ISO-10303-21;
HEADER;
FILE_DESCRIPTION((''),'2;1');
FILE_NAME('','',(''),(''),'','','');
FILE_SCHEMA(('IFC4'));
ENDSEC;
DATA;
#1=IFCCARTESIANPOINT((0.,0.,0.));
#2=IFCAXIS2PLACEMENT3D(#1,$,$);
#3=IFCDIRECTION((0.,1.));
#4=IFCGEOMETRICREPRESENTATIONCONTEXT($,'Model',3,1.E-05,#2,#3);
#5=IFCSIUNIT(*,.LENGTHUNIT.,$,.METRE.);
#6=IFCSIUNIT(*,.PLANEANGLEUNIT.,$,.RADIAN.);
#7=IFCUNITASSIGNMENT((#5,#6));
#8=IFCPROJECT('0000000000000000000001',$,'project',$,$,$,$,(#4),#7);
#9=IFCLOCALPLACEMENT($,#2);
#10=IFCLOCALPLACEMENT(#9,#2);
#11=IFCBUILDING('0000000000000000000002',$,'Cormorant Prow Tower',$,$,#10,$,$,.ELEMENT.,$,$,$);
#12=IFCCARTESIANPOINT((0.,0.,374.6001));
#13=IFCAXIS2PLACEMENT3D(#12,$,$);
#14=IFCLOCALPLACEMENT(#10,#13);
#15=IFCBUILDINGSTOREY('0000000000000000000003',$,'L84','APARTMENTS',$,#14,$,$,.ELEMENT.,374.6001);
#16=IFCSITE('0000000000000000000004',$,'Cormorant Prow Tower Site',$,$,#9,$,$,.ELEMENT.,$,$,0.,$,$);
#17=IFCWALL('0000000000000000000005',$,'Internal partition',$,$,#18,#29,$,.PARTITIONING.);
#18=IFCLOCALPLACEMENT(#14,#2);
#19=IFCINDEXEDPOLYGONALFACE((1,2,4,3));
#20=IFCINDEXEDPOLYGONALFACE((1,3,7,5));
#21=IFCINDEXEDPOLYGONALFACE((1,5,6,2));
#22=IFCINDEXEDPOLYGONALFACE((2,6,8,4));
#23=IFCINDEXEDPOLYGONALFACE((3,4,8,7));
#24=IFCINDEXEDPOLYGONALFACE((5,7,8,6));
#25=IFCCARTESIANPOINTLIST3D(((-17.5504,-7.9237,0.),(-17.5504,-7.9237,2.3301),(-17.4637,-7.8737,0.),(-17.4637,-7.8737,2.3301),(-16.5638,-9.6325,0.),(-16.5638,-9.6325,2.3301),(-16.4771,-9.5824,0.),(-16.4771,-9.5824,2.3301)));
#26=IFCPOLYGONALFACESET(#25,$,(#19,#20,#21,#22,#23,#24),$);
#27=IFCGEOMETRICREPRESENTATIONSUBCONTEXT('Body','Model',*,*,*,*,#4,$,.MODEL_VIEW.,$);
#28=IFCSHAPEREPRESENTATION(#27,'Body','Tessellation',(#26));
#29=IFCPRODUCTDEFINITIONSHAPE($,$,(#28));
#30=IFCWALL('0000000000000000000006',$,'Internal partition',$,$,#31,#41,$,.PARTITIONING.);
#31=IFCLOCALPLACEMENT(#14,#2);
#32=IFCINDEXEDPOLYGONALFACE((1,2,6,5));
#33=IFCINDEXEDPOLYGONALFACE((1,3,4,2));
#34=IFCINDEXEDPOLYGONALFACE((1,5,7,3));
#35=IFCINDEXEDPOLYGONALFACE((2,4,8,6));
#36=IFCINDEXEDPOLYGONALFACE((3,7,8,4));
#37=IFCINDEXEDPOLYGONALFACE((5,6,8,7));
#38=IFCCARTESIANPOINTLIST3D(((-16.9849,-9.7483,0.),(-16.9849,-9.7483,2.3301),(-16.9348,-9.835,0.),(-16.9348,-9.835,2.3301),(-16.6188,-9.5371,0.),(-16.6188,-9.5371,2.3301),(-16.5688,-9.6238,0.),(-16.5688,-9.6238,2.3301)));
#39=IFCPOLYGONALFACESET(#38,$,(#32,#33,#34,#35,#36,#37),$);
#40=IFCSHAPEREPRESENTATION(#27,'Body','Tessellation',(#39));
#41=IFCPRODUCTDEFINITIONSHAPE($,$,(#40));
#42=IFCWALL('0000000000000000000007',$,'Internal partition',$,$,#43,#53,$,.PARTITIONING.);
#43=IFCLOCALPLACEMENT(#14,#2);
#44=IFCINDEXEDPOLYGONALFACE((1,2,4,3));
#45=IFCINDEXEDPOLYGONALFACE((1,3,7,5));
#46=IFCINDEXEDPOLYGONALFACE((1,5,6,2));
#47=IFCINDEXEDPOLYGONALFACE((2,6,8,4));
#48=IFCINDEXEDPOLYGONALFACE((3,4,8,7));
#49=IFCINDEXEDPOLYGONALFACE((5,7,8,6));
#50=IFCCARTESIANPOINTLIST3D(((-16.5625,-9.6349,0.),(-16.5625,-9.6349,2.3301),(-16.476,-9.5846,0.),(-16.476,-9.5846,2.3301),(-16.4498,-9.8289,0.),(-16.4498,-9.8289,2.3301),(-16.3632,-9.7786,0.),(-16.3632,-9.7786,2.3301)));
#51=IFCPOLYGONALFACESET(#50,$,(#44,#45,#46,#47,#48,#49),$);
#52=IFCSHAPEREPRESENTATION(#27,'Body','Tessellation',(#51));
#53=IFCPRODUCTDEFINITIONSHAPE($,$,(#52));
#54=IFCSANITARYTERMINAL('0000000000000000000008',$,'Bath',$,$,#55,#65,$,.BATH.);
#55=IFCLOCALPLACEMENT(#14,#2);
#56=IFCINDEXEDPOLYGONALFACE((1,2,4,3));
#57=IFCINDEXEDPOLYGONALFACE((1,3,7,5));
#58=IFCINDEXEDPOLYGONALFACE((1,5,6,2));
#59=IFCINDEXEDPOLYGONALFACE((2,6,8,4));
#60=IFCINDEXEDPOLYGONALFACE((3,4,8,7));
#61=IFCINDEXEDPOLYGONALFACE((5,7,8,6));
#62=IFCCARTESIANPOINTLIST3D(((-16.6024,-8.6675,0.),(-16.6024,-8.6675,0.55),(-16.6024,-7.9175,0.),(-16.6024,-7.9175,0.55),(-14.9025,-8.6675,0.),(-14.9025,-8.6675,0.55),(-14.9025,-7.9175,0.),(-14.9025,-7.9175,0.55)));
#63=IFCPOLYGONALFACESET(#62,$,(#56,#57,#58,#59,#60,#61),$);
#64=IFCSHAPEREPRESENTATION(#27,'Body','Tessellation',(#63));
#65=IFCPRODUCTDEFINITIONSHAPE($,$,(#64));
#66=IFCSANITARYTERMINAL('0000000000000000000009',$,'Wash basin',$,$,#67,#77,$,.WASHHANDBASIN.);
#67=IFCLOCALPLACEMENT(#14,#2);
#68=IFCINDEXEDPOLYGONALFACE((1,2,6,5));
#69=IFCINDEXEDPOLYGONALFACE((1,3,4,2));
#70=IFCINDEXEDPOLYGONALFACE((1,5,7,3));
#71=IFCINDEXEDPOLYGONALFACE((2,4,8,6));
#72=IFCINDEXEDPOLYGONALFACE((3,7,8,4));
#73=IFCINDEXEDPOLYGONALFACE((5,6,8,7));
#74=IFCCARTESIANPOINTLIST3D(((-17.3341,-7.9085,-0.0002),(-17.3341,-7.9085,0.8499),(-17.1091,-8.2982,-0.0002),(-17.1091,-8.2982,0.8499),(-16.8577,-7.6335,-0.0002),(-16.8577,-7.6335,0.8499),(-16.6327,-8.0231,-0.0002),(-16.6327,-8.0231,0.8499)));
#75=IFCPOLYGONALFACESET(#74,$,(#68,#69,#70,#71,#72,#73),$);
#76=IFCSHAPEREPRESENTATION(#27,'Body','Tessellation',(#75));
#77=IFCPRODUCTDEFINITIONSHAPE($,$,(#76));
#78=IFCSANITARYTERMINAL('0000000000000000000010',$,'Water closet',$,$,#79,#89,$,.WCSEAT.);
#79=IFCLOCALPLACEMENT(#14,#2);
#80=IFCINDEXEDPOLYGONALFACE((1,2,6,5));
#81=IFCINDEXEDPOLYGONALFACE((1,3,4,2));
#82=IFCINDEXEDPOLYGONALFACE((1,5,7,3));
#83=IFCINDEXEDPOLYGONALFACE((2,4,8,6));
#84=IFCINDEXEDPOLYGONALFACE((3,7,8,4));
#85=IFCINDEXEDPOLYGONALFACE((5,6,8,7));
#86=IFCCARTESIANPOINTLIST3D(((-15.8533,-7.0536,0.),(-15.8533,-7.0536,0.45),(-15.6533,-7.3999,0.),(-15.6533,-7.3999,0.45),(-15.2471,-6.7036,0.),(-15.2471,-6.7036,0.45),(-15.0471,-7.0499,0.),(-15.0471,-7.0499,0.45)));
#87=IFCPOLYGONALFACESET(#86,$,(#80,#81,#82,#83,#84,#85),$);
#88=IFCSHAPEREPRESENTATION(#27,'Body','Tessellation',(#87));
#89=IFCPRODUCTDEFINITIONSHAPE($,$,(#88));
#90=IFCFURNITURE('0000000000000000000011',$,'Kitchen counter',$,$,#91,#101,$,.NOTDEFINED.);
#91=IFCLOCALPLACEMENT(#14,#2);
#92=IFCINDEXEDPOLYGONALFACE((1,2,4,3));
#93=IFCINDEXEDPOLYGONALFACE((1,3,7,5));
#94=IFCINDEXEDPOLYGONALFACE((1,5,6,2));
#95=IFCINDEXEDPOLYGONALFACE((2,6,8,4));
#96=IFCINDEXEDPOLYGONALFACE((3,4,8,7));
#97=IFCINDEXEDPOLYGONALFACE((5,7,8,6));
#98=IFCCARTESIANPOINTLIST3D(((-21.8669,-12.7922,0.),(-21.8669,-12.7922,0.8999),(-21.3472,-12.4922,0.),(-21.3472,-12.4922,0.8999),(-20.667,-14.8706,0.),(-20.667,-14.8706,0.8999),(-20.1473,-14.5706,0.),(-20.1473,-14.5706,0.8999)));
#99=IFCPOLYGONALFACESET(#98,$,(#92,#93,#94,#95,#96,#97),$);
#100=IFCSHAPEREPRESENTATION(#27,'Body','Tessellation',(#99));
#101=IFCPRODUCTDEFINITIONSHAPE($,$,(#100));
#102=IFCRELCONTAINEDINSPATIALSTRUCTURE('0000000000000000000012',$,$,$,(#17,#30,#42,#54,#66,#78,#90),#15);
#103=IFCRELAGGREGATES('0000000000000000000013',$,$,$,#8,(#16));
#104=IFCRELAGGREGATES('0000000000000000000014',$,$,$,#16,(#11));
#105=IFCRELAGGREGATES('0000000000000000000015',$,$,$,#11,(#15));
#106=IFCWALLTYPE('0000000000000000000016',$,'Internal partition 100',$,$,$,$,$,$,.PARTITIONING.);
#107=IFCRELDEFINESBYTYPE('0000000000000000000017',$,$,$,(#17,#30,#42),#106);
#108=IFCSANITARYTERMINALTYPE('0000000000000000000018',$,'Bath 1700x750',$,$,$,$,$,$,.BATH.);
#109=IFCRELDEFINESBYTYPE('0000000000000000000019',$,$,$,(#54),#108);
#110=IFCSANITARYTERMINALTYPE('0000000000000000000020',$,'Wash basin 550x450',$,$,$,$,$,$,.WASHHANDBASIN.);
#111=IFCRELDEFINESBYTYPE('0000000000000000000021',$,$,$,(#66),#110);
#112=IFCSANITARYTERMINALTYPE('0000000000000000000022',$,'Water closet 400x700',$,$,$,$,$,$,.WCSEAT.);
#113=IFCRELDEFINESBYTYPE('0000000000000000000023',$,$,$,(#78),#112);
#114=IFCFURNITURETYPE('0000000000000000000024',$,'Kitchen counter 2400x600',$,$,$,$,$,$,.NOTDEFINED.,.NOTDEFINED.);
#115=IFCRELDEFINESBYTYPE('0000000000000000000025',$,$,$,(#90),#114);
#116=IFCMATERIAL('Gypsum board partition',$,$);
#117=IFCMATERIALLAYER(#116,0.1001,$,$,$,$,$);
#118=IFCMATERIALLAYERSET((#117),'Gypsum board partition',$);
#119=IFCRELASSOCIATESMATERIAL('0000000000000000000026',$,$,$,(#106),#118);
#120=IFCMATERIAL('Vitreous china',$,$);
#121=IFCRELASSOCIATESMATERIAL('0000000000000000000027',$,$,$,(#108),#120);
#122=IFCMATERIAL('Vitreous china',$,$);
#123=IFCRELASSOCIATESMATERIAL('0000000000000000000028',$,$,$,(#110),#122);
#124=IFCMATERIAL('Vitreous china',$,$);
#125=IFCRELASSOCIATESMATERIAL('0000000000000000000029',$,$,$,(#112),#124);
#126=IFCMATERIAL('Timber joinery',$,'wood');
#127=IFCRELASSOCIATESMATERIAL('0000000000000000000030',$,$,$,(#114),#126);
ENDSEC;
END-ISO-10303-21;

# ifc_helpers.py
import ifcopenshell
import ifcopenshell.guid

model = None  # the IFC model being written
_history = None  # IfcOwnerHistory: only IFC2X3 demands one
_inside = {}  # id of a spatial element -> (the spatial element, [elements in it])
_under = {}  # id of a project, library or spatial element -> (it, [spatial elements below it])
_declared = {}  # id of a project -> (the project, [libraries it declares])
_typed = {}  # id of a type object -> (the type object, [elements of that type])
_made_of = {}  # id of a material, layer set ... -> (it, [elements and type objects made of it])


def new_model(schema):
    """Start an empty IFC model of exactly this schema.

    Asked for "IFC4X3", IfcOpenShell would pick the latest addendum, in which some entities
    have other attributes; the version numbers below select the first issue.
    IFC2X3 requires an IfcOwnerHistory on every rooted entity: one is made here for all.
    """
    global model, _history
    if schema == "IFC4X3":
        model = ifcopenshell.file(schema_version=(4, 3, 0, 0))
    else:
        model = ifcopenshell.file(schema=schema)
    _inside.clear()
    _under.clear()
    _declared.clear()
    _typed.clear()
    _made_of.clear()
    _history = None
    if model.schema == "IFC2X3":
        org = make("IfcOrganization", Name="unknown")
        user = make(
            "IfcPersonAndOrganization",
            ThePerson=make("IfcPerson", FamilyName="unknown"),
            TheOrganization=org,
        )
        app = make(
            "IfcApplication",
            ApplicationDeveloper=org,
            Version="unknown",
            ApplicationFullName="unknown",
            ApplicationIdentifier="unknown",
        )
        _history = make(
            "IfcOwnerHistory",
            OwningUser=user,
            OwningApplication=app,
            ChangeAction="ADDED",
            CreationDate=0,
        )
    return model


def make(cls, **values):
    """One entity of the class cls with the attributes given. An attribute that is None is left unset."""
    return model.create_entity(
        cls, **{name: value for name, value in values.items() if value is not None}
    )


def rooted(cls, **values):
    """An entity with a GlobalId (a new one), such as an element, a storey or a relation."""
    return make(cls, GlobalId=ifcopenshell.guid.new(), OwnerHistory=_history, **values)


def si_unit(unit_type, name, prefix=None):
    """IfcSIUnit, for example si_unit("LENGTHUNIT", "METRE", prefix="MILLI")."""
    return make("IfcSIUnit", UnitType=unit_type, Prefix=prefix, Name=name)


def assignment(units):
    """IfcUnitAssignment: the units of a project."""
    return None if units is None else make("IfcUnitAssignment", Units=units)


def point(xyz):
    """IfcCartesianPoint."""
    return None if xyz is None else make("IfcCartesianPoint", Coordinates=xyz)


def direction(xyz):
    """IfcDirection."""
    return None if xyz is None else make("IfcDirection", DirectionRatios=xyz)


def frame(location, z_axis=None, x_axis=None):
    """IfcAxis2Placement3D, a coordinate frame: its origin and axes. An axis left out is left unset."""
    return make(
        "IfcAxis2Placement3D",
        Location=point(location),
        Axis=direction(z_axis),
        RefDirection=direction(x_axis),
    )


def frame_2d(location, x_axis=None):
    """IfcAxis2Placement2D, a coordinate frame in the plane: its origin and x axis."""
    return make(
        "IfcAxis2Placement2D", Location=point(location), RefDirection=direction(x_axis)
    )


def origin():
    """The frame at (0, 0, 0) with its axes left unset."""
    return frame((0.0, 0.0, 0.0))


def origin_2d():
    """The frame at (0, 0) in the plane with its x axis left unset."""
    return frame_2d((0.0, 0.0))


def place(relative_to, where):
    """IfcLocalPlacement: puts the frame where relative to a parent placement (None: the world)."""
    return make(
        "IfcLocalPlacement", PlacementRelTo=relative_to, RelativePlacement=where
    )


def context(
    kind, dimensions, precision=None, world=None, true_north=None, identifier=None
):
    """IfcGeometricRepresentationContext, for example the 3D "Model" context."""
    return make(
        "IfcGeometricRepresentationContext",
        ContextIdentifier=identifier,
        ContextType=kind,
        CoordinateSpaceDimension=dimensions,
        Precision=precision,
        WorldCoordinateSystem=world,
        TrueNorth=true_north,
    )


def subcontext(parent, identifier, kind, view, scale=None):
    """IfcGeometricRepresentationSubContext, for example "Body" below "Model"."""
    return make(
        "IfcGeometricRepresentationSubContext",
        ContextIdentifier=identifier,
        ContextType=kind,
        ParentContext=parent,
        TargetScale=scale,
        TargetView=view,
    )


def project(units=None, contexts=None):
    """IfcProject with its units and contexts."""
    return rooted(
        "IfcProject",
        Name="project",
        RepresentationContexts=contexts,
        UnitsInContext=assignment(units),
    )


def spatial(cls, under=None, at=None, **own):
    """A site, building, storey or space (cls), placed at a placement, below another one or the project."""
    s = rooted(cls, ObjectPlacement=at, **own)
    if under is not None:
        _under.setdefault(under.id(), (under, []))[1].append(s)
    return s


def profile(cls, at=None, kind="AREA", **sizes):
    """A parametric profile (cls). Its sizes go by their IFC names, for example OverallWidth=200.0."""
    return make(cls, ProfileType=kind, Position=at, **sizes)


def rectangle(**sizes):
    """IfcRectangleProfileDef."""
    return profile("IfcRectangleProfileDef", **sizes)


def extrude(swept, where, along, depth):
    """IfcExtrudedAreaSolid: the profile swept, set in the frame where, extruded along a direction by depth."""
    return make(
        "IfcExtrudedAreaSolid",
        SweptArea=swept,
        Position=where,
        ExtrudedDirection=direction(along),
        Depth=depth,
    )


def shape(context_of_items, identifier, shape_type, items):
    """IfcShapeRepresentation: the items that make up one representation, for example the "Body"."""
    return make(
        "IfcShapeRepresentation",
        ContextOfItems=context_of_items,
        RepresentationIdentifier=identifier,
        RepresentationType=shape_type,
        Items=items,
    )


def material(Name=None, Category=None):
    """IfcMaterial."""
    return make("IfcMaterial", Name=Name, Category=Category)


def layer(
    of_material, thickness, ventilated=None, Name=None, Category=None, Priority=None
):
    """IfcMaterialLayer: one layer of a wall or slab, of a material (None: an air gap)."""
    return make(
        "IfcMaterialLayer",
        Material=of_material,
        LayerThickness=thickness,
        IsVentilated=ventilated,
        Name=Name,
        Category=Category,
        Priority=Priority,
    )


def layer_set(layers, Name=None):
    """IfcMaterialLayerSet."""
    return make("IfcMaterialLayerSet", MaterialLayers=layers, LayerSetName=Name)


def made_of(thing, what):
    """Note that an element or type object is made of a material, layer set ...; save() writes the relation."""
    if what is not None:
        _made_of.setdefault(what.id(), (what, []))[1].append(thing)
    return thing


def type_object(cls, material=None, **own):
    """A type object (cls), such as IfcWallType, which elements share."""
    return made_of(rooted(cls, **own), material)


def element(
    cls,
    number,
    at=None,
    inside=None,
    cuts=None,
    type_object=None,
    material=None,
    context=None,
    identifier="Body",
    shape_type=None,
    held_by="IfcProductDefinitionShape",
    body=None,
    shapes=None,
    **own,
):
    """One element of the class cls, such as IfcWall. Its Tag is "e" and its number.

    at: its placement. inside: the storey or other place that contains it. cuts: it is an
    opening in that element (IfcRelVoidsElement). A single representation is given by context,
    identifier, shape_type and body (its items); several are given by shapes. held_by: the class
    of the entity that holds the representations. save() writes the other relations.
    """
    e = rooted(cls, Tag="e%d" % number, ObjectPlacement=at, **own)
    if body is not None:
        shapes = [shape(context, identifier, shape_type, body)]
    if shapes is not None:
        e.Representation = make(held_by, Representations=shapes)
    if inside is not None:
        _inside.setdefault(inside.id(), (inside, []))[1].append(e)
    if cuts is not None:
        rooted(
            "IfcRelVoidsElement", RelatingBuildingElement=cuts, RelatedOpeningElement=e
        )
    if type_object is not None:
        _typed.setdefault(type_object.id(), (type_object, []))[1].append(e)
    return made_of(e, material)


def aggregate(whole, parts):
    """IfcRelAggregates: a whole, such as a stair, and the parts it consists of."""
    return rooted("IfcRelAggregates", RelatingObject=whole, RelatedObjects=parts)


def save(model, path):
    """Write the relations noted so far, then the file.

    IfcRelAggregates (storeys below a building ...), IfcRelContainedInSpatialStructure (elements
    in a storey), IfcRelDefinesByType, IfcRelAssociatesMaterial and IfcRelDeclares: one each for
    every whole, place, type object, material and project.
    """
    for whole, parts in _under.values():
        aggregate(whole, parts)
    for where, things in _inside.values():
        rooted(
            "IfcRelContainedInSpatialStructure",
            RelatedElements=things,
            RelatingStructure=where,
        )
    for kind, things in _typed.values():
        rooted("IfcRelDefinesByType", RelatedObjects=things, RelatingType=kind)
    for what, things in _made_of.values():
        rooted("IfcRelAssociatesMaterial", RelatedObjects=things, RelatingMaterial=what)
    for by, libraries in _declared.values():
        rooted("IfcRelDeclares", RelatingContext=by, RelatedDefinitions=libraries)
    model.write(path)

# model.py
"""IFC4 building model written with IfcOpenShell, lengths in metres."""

from ifc_helpers import new_model, si_unit, direction, frame, frame_2d, origin, origin_2d, place, context, subcontext, project, spatial, rectangle, extrude, material, layer, layer_set, type_object, element, save


model = new_model("IFC4")

# Units and contexts
model_context = context("Model", 3, precision=1e-05, world=origin(), true_north=direction((0.0, 1.0)))
body_context = subcontext(model_context, "Body", "Model", "MODEL_VIEW")
ifc_project = project(units=[si_unit("LENGTHUNIT", "METRE"), si_unit("PLANEANGLEUNIT", "RADIAN")], contexts=[model_context])

# Site, building, storey
site_placement = place(None, origin())
site = spatial("IfcSite", under=ifc_project, at=site_placement, Name="Cormorant Prow Tower Site", CompositionType="ELEMENT", RefElevation=0.0)
building_placement = place(site_placement, origin())
building = spatial("IfcBuilding", under=site, at=building_placement, Name="Cormorant Prow Tower", CompositionType="ELEMENT")
storey_placement = place(building_placement, frame((0.0, 0.0, 374.6001)))
storey = spatial("IfcBuildingStorey", under=building, at=storey_placement, Name="L84", Description="APARTMENTS", CompositionType="ELEMENT", Elevation=374.6001)

# Shared definitions
ifc_material_1 = material(Name="Gypsum board partition")
ifc_layer_1 = layer(ifc_material_1, 0.1001)
ifc_layer_set_1 = layer_set([ifc_layer_1], Name="Gypsum board partition")
wall_type_1 = type_object("IfcWallType", Name="Internal partition 100", PredefinedType="PARTITIONING", material=ifc_layer_set_1)

# Walls
wall_1_placement = place(storey_placement, frame((-17.5071, -7.8987, 0.0), z_axis=(0.0, 0.0, 1.0), x_axis=(0.500012, -0.866019, 0.0)))
element("IfcWall", 1, at=wall_1_placement, inside=storey, type_object=wall_type_1, Name="Internal partition", PredefinedType="PARTITIONING", context=body_context, shape_type="SweptSolid", body=[
    extrude(rectangle(XDim=1.9731, YDim=0.1001, at=frame_2d((0.9866, 0.0))), origin(), (0.0, 0.0, 1.0), 2.3301),
])
wall_2_placement = place(storey_placement, frame((-16.96, -9.7917, 0.0), z_axis=(0.0, 0.0, 1.0), x_axis=(0.866137, 0.499806, 0.0)))
element("IfcWall", 2, at=wall_2_placement, inside=storey, type_object=wall_type_1, Name="Internal partition", PredefinedType="PARTITIONING", context=body_context, shape_type="SweptSolid", body=[
    extrude(rectangle(XDim=0.4226, YDim=0.1001, at=frame_2d((0.2114, 0.0))), origin(), (0.0, 0.0, 1.0), 2.3301),
])
wall_3_placement = place(storey_placement, frame((-16.5193, -9.6096, 0.0), z_axis=(0.0, 0.0, 1.0), x_axis=(0.50245, -0.864606, 0.0)))
element("IfcWall", 3, at=wall_3_placement, inside=storey, type_object=wall_type_1, Name="Internal partition", PredefinedType="PARTITIONING", context=body_context, shape_type="SweptSolid", body=[
    extrude(rectangle(XDim=0.2244, YDim=0.1001, at=frame_2d((0.1123, 0.0))), origin(), (0.0, 0.0, 1.0), 2.3301),
])

# Sanitary terminals
ifc_material_2 = material(Name="Vitreous china")
sanitary_terminal_type_1 = type_object("IfcSanitaryTerminalType", Name="Bath 1700x750", PredefinedType="BATH", material=ifc_material_2)
sanitary_terminal_1_placement = place(storey_placement, frame((-15.7524, -8.2925, 0.0), z_axis=(0.0, 0.0, 1.0), x_axis=(1.0, 0.0, 0.0)))
element("IfcSanitaryTerminal", 4, at=sanitary_terminal_1_placement, inside=storey, type_object=sanitary_terminal_type_1, Name="Bath", PredefinedType="BATH", context=body_context, shape_type="SweptSolid", body=[
    extrude(rectangle(XDim=1.7, YDim=0.75, at=origin_2d()), origin(), (0.0, 0.0, 1.0), 0.55),
])
ifc_material_3 = material(Name="Vitreous china")
sanitary_terminal_type_2 = type_object("IfcSanitaryTerminalType", Name="Wash basin 550x450", PredefinedType="WASHHANDBASIN", material=ifc_material_3)
sanitary_terminal_2_placement = place(storey_placement, frame((-16.9834, -7.9658, -0.0002), z_axis=(0.0, 0.0, 1.0), x_axis=(0.866025, 0.5, 0.0)))
element("IfcSanitaryTerminal", 5, at=sanitary_terminal_2_placement, inside=storey, type_object=sanitary_terminal_type_2, Name="Wash basin", PredefinedType="WASHHANDBASIN", context=body_context, shape_type="SweptSolid", body=[
    extrude(rectangle(XDim=0.55, YDim=0.45, at=origin_2d()), origin(), (0.0, 0.0, 1.0), 0.8501),
])
ifc_material_4 = material(Name="Vitreous china")
sanitary_terminal_type_3 = type_object("IfcSanitaryTerminalType", Name="Water closet 400x700", PredefinedType="WCSEAT", material=ifc_material_4)
sanitary_terminal_3_placement = place(storey_placement, frame((-15.4502, -7.0518, 0.0), z_axis=(0.0, 0.0, 1.0), x_axis=(0.5, -0.866025, 0.0)))
element("IfcSanitaryTerminal", 6, at=sanitary_terminal_3_placement, inside=storey, type_object=sanitary_terminal_type_3, Name="Water closet", PredefinedType="WCSEAT", context=body_context, shape_type="SweptSolid", body=[
    extrude(rectangle(XDim=0.3999, YDim=0.7, at=origin_2d()), origin(), (0.0, 0.0, 1.0), 0.45),
])

# Furniture
ifc_material_5 = material(Name="Timber joinery", Category="wood")
furniture_type = type_object("IfcFurnitureType", Name="Kitchen counter 2400x600", AssemblyPlace="NOTDEFINED", PredefinedType="NOTDEFINED", material=ifc_material_5)
furniture_placement = place(storey_placement, frame((-21.0071, -13.6814, 0.0), z_axis=(0.0, 0.0, 1.0), x_axis=(0.5, -0.866025, 0.0)))
element("IfcFurniture", 7, at=furniture_placement, inside=storey, type_object=furniture_type, Name="Kitchen counter", PredefinedType="NOTDEFINED", context=body_context, shape_type="SweptSolid", body=[
    extrude(rectangle(XDim=2.3999, YDim=0.6001, at=origin_2d()), origin(), (0.0, 0.0, 1.0), 0.8999),
])

save(model, "model.ifc")
